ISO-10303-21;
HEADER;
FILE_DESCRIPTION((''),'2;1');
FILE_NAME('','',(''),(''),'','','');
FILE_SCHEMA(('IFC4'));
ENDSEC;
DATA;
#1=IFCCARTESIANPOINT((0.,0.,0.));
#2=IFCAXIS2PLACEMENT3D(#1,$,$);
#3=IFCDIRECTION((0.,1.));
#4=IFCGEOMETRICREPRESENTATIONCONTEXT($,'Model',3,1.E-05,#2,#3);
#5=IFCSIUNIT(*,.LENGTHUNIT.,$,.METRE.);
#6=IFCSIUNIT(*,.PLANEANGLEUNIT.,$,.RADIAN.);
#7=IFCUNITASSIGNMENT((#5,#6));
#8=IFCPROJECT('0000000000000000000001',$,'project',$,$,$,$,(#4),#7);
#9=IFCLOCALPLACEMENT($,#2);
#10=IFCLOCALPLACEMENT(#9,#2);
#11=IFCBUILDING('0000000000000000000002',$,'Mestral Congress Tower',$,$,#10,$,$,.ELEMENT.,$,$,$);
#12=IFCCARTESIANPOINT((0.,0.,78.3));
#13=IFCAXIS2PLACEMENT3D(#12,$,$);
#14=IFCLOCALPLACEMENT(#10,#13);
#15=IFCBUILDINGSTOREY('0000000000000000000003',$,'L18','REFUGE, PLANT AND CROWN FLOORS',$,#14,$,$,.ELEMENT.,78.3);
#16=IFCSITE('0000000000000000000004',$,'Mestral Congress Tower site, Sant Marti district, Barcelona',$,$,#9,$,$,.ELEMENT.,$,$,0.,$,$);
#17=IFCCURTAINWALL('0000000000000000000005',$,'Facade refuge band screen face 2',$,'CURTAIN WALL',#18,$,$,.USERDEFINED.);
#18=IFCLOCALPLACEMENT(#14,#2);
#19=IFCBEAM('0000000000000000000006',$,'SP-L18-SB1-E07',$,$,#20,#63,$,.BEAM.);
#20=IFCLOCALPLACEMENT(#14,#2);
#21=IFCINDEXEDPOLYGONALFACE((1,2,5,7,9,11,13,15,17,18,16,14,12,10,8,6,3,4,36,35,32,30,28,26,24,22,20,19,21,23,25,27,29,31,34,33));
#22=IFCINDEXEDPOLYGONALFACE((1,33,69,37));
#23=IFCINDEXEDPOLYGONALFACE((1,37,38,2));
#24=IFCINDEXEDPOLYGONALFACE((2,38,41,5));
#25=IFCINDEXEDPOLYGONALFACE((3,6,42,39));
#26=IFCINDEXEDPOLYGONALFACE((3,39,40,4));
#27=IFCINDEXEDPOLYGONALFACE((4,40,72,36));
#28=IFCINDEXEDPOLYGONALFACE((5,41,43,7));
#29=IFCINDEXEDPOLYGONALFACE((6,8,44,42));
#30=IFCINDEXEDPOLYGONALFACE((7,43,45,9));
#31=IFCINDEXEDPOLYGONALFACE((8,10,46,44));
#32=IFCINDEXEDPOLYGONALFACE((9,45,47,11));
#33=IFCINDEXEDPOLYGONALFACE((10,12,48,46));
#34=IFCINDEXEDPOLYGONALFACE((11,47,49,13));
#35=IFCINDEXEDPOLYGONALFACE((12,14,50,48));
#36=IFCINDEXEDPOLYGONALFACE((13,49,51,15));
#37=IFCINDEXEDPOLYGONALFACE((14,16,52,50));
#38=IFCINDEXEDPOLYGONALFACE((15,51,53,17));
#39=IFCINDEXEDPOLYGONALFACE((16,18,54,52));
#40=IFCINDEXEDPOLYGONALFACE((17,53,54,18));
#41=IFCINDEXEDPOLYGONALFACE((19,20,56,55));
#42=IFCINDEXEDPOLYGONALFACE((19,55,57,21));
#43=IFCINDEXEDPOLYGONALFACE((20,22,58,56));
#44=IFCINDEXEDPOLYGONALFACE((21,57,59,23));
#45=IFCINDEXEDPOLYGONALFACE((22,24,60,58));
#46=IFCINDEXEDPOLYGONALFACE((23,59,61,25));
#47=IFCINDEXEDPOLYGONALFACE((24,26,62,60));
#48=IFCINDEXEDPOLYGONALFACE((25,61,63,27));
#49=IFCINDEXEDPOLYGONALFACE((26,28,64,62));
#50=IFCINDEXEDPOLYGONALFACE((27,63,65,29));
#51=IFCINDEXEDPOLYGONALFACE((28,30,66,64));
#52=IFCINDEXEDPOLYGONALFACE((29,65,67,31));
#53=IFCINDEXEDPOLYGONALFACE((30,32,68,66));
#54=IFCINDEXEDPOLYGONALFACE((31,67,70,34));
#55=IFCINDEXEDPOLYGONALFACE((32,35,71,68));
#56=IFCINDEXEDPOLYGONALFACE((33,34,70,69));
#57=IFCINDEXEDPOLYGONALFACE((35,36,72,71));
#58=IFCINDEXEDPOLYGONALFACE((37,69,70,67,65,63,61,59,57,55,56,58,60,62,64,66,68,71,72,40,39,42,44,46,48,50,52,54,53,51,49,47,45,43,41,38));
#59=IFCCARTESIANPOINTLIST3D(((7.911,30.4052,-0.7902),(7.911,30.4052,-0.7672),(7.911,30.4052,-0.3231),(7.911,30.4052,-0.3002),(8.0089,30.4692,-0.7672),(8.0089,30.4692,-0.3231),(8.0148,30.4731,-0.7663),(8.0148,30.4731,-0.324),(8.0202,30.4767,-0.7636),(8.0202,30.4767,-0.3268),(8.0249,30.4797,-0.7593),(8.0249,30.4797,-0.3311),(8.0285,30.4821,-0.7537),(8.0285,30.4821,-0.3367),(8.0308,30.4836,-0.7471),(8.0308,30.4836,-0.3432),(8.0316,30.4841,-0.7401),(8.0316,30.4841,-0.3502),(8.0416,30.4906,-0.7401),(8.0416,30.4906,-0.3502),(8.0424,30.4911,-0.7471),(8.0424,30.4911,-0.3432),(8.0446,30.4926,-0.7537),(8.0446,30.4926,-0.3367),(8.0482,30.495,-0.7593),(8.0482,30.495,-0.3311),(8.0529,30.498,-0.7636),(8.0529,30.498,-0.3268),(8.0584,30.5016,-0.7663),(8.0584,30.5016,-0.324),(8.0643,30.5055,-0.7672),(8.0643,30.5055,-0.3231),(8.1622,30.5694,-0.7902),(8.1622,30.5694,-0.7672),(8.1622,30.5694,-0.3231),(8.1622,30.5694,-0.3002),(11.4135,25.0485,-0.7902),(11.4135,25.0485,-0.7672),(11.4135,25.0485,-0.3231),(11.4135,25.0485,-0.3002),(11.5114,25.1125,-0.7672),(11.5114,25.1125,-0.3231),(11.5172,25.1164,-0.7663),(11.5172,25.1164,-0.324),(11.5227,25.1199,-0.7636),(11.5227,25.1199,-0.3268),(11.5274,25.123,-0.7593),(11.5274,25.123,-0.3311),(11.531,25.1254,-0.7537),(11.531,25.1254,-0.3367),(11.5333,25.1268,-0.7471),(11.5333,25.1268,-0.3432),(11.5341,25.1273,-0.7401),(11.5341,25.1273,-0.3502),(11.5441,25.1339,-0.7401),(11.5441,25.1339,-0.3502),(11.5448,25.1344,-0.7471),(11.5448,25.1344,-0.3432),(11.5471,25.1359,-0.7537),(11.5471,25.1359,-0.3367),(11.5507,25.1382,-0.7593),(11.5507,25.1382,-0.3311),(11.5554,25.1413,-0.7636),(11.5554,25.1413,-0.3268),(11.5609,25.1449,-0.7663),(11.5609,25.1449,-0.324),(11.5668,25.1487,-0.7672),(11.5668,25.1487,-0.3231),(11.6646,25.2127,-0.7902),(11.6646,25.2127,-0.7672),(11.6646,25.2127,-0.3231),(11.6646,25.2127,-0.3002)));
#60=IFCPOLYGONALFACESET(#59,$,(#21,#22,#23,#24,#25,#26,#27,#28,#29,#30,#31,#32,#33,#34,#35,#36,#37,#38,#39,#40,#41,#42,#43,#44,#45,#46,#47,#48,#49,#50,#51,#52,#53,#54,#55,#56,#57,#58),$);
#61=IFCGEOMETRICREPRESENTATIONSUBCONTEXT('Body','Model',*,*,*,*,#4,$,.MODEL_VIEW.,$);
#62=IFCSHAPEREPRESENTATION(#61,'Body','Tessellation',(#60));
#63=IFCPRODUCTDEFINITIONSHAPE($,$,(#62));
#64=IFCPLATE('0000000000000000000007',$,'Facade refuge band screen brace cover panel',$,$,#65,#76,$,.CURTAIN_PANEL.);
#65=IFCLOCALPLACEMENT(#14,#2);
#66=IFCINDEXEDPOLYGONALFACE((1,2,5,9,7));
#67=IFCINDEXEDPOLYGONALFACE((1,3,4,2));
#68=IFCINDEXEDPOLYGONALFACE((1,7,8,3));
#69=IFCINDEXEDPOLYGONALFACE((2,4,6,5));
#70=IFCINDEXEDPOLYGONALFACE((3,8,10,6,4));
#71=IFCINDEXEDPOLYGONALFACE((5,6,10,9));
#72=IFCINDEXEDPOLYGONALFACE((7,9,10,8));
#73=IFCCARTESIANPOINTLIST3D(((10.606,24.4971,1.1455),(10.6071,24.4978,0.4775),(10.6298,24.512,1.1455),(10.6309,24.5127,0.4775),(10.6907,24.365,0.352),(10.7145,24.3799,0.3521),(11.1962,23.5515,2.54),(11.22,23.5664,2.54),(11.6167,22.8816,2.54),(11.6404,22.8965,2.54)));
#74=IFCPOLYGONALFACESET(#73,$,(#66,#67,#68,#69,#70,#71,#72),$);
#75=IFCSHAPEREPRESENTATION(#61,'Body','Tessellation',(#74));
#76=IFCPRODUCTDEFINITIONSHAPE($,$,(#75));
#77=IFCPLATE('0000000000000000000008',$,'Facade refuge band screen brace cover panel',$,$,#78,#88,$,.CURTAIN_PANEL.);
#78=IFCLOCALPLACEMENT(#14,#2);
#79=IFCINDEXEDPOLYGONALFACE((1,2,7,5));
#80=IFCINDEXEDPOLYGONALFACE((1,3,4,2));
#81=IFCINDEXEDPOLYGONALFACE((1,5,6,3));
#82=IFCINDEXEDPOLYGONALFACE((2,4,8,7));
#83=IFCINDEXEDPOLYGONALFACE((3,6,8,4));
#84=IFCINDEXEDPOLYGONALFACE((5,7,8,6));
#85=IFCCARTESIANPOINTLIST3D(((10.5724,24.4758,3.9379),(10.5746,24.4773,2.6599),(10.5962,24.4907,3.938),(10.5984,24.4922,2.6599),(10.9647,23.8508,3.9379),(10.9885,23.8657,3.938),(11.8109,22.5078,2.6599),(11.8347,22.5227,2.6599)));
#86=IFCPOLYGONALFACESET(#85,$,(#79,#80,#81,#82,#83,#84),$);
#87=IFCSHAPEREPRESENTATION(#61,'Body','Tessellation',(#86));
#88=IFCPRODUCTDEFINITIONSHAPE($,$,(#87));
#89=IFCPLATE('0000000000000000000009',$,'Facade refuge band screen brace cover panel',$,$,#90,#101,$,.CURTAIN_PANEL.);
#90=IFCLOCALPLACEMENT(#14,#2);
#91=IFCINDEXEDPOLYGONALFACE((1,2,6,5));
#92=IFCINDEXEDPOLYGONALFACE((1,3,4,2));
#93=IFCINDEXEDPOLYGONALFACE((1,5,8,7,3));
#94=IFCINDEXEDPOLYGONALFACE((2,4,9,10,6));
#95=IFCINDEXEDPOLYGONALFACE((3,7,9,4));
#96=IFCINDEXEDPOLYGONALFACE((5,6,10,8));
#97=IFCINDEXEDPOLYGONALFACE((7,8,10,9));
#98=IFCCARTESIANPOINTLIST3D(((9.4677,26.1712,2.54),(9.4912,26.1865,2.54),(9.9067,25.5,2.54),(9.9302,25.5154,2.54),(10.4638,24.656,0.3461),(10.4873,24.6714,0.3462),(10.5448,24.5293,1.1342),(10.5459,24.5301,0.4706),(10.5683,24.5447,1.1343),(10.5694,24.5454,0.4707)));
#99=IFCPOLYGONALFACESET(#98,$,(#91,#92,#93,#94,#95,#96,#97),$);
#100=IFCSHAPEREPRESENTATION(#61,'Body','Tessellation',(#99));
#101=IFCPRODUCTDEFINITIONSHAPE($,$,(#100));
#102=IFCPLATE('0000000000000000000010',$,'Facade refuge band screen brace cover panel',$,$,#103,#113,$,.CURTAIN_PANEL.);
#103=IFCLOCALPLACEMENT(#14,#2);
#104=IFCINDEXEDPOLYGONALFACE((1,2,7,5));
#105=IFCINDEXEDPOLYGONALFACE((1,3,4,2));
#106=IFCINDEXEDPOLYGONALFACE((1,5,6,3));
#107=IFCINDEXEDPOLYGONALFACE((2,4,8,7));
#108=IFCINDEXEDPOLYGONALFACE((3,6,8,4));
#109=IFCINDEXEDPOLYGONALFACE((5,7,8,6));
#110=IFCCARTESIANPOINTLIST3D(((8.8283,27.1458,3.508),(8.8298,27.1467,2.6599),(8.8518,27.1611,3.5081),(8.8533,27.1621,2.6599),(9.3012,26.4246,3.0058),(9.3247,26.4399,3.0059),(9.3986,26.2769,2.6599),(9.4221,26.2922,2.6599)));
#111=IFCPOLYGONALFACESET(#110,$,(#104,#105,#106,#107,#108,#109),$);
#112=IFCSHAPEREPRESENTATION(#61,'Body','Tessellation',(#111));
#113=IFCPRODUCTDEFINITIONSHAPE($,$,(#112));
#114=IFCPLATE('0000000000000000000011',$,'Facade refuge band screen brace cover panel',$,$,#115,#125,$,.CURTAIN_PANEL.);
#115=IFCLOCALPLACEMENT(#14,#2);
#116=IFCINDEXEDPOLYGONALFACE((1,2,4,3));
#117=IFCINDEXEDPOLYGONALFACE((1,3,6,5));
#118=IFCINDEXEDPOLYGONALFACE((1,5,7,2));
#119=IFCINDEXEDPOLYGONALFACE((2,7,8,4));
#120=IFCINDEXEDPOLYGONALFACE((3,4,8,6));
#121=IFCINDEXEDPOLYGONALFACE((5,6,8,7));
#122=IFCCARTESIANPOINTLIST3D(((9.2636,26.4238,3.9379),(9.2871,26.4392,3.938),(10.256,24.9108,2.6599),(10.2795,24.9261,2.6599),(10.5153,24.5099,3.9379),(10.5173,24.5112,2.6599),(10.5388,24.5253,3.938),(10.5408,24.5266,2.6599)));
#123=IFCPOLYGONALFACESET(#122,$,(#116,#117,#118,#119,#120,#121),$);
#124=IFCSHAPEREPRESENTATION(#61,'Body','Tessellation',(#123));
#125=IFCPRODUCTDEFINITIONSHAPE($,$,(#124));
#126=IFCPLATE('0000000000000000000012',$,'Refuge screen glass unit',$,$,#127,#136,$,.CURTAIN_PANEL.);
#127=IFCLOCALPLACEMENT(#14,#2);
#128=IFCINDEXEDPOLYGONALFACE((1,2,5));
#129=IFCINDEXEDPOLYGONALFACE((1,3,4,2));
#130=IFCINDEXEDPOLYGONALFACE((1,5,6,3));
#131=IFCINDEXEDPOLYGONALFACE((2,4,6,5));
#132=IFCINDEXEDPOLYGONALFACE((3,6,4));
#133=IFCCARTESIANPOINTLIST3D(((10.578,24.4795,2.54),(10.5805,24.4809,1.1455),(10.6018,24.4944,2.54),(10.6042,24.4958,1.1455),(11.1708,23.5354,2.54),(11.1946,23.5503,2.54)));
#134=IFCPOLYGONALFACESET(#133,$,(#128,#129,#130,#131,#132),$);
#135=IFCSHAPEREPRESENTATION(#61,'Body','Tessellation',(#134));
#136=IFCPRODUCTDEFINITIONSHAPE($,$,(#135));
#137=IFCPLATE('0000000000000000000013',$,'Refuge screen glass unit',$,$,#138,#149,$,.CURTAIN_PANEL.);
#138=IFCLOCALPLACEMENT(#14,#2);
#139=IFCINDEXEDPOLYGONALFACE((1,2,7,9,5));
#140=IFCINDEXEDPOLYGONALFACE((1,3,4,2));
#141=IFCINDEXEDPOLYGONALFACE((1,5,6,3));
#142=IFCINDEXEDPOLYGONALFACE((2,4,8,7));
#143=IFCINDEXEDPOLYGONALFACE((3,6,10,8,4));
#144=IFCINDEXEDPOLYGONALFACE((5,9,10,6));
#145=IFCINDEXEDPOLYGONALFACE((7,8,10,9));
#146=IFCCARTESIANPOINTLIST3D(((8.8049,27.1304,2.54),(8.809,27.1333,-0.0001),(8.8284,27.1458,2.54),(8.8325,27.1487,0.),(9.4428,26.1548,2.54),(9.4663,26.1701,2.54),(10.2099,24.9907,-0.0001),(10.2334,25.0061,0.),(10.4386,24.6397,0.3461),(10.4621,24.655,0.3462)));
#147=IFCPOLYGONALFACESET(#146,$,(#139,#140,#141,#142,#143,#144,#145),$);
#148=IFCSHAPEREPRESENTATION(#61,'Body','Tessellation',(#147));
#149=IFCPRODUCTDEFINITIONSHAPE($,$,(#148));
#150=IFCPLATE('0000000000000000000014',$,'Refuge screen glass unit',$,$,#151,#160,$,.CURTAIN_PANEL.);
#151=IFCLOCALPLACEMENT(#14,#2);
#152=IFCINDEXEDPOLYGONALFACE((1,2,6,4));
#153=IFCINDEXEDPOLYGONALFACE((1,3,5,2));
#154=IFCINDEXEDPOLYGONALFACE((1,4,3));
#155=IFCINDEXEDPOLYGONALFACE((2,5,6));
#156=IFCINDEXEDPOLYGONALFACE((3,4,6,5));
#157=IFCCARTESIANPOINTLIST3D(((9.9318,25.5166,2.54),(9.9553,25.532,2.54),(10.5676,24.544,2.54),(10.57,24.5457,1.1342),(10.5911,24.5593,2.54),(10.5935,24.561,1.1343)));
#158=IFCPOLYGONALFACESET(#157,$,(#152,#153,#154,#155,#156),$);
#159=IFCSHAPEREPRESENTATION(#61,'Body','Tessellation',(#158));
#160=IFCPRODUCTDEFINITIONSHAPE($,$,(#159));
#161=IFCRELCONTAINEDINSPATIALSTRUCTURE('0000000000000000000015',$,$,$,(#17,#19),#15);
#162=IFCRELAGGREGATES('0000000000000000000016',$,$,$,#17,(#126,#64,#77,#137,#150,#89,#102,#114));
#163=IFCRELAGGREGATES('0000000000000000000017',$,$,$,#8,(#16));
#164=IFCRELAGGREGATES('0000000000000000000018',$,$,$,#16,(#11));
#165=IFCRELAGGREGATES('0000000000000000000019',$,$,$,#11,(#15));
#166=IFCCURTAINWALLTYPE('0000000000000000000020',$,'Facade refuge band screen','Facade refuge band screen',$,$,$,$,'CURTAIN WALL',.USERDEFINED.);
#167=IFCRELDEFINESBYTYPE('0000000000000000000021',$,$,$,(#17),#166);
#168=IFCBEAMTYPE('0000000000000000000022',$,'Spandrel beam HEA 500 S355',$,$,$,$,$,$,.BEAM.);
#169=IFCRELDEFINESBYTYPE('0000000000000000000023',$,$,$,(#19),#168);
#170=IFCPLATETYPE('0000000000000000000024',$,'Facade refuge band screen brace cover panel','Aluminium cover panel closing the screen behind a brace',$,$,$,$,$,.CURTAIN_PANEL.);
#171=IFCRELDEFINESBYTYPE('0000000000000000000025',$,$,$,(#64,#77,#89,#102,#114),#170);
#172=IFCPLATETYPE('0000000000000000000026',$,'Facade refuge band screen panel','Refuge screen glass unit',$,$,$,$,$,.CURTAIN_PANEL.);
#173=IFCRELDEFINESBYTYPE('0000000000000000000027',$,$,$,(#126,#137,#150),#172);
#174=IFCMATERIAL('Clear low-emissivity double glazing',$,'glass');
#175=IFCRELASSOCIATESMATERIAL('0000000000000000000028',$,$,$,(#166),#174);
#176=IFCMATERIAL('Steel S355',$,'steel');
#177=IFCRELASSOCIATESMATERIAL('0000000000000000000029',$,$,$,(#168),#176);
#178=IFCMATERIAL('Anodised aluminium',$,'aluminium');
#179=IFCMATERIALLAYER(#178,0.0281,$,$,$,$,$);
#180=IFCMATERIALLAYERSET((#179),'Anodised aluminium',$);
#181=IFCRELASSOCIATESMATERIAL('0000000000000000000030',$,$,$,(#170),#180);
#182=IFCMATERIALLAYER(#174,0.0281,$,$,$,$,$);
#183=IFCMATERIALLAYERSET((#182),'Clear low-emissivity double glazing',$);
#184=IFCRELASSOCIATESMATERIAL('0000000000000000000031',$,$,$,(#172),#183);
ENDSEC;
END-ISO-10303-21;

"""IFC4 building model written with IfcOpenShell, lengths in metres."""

from ifc_helpers import new_model, si_unit, direction, frame, origin, origin_2d, place, context, subcontext, project, spatial, polyline, i_section, outline, extrude, material, layer, layer_set, material_profile, profile_set, type_object, element, aggregate, save


model = new_model("IFC4")

# Units and contexts
model_context = context("Model", 3, precision=1e-05, world=origin(), true_north=direction((0.0, 1.0)))
body_context = subcontext(model_context, "Body", "Model", "MODEL_VIEW")
ifc_project = project(units=[si_unit("LENGTHUNIT", "METRE"), si_unit("PLANEANGLEUNIT", "RADIAN")], contexts=[model_context])

# Site, building, storey
site_placement = place(None, origin())
site = spatial("IfcSite", under=ifc_project, at=site_placement, Name="Mestral Congress Tower site, Sant Marti district, Barcelona", CompositionType="ELEMENT", RefElevation=0.0)
building_placement = place(site_placement, origin())
building = spatial("IfcBuilding", under=site, at=building_placement, Name="Mestral Congress Tower", CompositionType="ELEMENT")
storey_placement = place(building_placement, frame((0.0, 0.0, 78.3)))
storey = spatial("IfcBuildingStorey", under=building, at=storey_placement, Name="L18", Description="REFUGE, PLANT AND CROWN FLOORS", CompositionType="ELEMENT", Elevation=78.3)

# Shared definitions
ifc_material_1 = material(Name="Steel S355", Category="steel")

# Curtain wall
ifc_material_2 = material(Name="Clear low-emissivity double glazing", Category="glass")
curtain_wall_type = type_object("IfcCurtainWallType", Name="Facade refuge band screen", Description="Facade refuge band screen", ElementType="CURTAIN WALL", PredefinedType="USERDEFINED", material=ifc_material_2)
curtain_wall_placement = place(storey_placement, origin())
curtain_wall = element("IfcCurtainWall", 1, at=curtain_wall_placement, inside=storey, type_object=curtain_wall_type, Name="Facade refuge band screen face 2", ObjectType="CURTAIN WALL", PredefinedType="USERDEFINED")
ifc_material_3 = material(Name="Anodised aluminium", Category="aluminium")

# Beam
ifc_material_profile_1 = material_profile(ifc_material_1, i_section(OverallWidth=0.3, OverallDepth=0.49, WebThickness=0.012, FlangeThickness=0.0229, FilletRadius=0.0271, at=origin_2d()), Name="HEA 500")
ifc_profile_set_1 = profile_set([ifc_material_profile_1], Name="Steel S355")
beam_type_1 = type_object("IfcBeamType", Name="Spandrel beam HEA 500 S355", PredefinedType="BEAM", material=ifc_profile_set_1)
beam_1_placement = place(storey_placement, frame((11.5391, 25.1306, -0.5452), z_axis=(-0.547248, 0.83697, 0.0), x_axis=(-0.83697, -0.547248, 0.0)))
element("IfcBeam", 2, at=beam_1_placement, inside=storey, type_object=beam_type_1, Name="SP-L18-SB1-E07", PredefinedType="BEAM", context=body_context, shape_type="SweptSolid", body=[
    extrude(i_section(OverallWidth=0.3, OverallDepth=0.49, WebThickness=0.012, FlangeThickness=0.0229, FilletRadius=0.0271, at=origin_2d()), origin(), (0.0, 0.0, 1.0), 6.4001),
])

# Plates
ifc_layer_1 = layer(ifc_material_3, 0.0281)
ifc_layer_set_1 = layer_set([ifc_layer_1], Name="Anodised aluminium")
plate_type_1 = type_object("IfcPlateType", Name="Facade refuge band screen brace cover panel", Description="Aluminium cover panel closing the screen behind a brace", PredefinedType="CURTAIN_PANEL", material=ifc_layer_set_1)
plate_1_placement = place(storey_placement, frame((10.6309, 24.5127, 0.4775), z_axis=(0.847021, 0.531555, 0.001915), x_axis=(0.416107, -0.660807, -0.624651)))
plate_1 = element("IfcPlate", 3, at=plate_1_placement, type_object=plate_type_1, Name="Facade refuge band screen brace cover panel", PredefinedType="CURTAIN_PANEL", context=body_context, shape_type="SweptSolid", body=[
    extrude(outline(polyline([(0.0, 0.0), (0.2009, 0.0), (0.1997, -2.8009), (-0.4179, -2.3069), (-0.4173, -0.5216), (0.0, 0.0)])), origin(), (0.0, 0.0, -1.0), 0.0281),
])
plate_2_placement = place(storey_placement, frame((10.5984, 24.4922, 2.6599), z_axis=(0.846952, 0.531666, 0.002068), x_axis=(0.531667, -0.846953, 0.0)))
plate_2 = element("IfcPlate", 4, at=plate_2_placement, type_object=plate_type_1, Name="Facade refuge band screen brace cover panel", PredefinedType="CURTAIN_PANEL", context=body_context, shape_type="SweptSolid", body=[
    extrude(outline(polyline([(0.0, 0.0), (2.3254, 0.0), (0.738, -1.2781), (0.0001, -1.2781), (0.0, 0.0)])), origin(), (0.0, 0.0, -1.0), 0.0281),
])
plate_3_placement = place(storey_placement, frame((9.4912, 26.1865, 2.54), z_axis=(0.836892, 0.547365, 0.001941), x_axis=(0.349965, -0.532344, -0.770801)))
plate_3 = element("IfcPlate", 5, at=plate_3_placement, type_object=plate_type_1, Name="Facade refuge band screen brace cover panel", PredefinedType="CURTAIN_PANEL", context=body_context, shape_type="SweptSolid", body=[
    extrude(outline(polyline([(0.0, 0.0), (2.8462, 0.0), (2.846, -0.1952), (2.3346, -0.618), (0.5109, -0.6181), (0.0, 0.0)])), origin(), (0.0, 0.0, -1.0), 0.0281),
])
plate_4_placement = place(storey_placement, frame((9.3247, 26.4399, 3.0059), z_axis=(0.836918, 0.547325, 0.002046), x_axis=(-0.473839, 0.722668, 0.503216)))
plate_4 = element("IfcPlate", 6, at=plate_4_placement, type_object=plate_type_1, Name="Facade refuge band screen brace cover panel", PredefinedType="CURTAIN_PANEL", context=body_context, shape_type="SweptSolid", body=[
    extrude(outline(polyline([(0.0, 0.0), (0.998, 0.0), (0.5712, -0.7329), (-0.327, -0.2099), (0.0, 0.0)])), origin(), (0.0, 0.0, -1.0), 0.0281),
])
plate_5_placement = place(storey_placement, frame((9.2871, 26.4392, 3.938), z_axis=(0.836921, 0.54732, 0.001889), x_axis=(0.447961, -0.682998, -0.576926)))
plate_5 = element("IfcPlate", 7, at=plate_5_placement, type_object=plate_type_1, Name="Facade refuge band screen brace cover panel", PredefinedType="CURTAIN_PANEL", context=body_context, shape_type="SweptSolid", body=[
    extrude(outline(polyline([(0.0, 0.0), (2.2153, 0.0), (2.6052, -0.2754), (1.8679, -1.3194), (0.0, 0.0)])), origin(), (0.0, 0.0, -1.0), 0.0281),
])
ifc_layer_2 = layer(ifc_material_2, 0.0281)
ifc_layer_set_2 = layer_set([ifc_layer_2], Name="Clear low-emissivity double glazing")
plate_type_2 = type_object("IfcPlateType", Name="Facade refuge band screen panel", Description="Refuge screen glass unit", PredefinedType="CURTAIN_PANEL", material=ifc_layer_set_2)
plate_6_placement = place(storey_placement, frame((10.6018, 24.4944, 2.54), z_axis=(0.8469, 0.531749, 0.002041), x_axis=(0.001751, 0.00105, -0.999998)))
plate_6 = element("IfcPlate", 8, at=plate_6_placement, type_object=plate_type_2, Name="Refuge screen glass unit", PredefinedType="CURTAIN_PANEL", context=body_context, shape_type="SweptSolid", body=[
    extrude(outline(polyline([(0.0, 0.0), (1.3945, 0.0), (0.0, -1.1148), (0.0, 0.0)])), origin(), (0.0, 0.0, -1.0), 0.0281),
])
plate_7_placement = place(storey_placement, frame((8.8284, 27.1458, 2.54), z_axis=(0.836963, 0.547255, 0.001977), x_axis=(0.001616, 0.001142, -0.999998)))
plate_7 = element("IfcPlate", 9, at=plate_7_placement, type_object=plate_type_2, Name="Refuge screen glass unit", PredefinedType="CURTAIN_PANEL", context=body_context, shape_type="SweptSolid", body=[
    extrude(outline(polyline([(0.0, 0.0), (2.54, 0.0), (2.5399, -2.5599), (2.1936, -2.9789), (-0.0001, -1.1656), (0.0, 0.0)])), origin(), (0.0, 0.0, -1.0), 0.0281),
])
plate_8_placement = place(storey_placement, frame((10.5911, 24.5593, 2.54), z_axis=(0.837057, 0.547112, 0.002119), x_axis=(-0.547113, 0.837058, 0.0)))
plate_8 = element("IfcPlate", 10, at=plate_8_placement, type_object=plate_type_2, Name="Refuge screen glass unit", PredefinedType="CURTAIN_PANEL", context=body_context, shape_type="SweptSolid", body=[
    extrude(outline(polyline([(0.0, 0.0), (1.162, 0.0), (0.0001, -1.4058), (0.0, 0.0)])), origin(), (0.0, 0.0, -1.0), 0.0281),
])
aggregate(curtain_wall, [plate_6, plate_1, plate_2, plate_7, plate_8, plate_3, plate_4, plate_5])

save(model, "model.ifc")
